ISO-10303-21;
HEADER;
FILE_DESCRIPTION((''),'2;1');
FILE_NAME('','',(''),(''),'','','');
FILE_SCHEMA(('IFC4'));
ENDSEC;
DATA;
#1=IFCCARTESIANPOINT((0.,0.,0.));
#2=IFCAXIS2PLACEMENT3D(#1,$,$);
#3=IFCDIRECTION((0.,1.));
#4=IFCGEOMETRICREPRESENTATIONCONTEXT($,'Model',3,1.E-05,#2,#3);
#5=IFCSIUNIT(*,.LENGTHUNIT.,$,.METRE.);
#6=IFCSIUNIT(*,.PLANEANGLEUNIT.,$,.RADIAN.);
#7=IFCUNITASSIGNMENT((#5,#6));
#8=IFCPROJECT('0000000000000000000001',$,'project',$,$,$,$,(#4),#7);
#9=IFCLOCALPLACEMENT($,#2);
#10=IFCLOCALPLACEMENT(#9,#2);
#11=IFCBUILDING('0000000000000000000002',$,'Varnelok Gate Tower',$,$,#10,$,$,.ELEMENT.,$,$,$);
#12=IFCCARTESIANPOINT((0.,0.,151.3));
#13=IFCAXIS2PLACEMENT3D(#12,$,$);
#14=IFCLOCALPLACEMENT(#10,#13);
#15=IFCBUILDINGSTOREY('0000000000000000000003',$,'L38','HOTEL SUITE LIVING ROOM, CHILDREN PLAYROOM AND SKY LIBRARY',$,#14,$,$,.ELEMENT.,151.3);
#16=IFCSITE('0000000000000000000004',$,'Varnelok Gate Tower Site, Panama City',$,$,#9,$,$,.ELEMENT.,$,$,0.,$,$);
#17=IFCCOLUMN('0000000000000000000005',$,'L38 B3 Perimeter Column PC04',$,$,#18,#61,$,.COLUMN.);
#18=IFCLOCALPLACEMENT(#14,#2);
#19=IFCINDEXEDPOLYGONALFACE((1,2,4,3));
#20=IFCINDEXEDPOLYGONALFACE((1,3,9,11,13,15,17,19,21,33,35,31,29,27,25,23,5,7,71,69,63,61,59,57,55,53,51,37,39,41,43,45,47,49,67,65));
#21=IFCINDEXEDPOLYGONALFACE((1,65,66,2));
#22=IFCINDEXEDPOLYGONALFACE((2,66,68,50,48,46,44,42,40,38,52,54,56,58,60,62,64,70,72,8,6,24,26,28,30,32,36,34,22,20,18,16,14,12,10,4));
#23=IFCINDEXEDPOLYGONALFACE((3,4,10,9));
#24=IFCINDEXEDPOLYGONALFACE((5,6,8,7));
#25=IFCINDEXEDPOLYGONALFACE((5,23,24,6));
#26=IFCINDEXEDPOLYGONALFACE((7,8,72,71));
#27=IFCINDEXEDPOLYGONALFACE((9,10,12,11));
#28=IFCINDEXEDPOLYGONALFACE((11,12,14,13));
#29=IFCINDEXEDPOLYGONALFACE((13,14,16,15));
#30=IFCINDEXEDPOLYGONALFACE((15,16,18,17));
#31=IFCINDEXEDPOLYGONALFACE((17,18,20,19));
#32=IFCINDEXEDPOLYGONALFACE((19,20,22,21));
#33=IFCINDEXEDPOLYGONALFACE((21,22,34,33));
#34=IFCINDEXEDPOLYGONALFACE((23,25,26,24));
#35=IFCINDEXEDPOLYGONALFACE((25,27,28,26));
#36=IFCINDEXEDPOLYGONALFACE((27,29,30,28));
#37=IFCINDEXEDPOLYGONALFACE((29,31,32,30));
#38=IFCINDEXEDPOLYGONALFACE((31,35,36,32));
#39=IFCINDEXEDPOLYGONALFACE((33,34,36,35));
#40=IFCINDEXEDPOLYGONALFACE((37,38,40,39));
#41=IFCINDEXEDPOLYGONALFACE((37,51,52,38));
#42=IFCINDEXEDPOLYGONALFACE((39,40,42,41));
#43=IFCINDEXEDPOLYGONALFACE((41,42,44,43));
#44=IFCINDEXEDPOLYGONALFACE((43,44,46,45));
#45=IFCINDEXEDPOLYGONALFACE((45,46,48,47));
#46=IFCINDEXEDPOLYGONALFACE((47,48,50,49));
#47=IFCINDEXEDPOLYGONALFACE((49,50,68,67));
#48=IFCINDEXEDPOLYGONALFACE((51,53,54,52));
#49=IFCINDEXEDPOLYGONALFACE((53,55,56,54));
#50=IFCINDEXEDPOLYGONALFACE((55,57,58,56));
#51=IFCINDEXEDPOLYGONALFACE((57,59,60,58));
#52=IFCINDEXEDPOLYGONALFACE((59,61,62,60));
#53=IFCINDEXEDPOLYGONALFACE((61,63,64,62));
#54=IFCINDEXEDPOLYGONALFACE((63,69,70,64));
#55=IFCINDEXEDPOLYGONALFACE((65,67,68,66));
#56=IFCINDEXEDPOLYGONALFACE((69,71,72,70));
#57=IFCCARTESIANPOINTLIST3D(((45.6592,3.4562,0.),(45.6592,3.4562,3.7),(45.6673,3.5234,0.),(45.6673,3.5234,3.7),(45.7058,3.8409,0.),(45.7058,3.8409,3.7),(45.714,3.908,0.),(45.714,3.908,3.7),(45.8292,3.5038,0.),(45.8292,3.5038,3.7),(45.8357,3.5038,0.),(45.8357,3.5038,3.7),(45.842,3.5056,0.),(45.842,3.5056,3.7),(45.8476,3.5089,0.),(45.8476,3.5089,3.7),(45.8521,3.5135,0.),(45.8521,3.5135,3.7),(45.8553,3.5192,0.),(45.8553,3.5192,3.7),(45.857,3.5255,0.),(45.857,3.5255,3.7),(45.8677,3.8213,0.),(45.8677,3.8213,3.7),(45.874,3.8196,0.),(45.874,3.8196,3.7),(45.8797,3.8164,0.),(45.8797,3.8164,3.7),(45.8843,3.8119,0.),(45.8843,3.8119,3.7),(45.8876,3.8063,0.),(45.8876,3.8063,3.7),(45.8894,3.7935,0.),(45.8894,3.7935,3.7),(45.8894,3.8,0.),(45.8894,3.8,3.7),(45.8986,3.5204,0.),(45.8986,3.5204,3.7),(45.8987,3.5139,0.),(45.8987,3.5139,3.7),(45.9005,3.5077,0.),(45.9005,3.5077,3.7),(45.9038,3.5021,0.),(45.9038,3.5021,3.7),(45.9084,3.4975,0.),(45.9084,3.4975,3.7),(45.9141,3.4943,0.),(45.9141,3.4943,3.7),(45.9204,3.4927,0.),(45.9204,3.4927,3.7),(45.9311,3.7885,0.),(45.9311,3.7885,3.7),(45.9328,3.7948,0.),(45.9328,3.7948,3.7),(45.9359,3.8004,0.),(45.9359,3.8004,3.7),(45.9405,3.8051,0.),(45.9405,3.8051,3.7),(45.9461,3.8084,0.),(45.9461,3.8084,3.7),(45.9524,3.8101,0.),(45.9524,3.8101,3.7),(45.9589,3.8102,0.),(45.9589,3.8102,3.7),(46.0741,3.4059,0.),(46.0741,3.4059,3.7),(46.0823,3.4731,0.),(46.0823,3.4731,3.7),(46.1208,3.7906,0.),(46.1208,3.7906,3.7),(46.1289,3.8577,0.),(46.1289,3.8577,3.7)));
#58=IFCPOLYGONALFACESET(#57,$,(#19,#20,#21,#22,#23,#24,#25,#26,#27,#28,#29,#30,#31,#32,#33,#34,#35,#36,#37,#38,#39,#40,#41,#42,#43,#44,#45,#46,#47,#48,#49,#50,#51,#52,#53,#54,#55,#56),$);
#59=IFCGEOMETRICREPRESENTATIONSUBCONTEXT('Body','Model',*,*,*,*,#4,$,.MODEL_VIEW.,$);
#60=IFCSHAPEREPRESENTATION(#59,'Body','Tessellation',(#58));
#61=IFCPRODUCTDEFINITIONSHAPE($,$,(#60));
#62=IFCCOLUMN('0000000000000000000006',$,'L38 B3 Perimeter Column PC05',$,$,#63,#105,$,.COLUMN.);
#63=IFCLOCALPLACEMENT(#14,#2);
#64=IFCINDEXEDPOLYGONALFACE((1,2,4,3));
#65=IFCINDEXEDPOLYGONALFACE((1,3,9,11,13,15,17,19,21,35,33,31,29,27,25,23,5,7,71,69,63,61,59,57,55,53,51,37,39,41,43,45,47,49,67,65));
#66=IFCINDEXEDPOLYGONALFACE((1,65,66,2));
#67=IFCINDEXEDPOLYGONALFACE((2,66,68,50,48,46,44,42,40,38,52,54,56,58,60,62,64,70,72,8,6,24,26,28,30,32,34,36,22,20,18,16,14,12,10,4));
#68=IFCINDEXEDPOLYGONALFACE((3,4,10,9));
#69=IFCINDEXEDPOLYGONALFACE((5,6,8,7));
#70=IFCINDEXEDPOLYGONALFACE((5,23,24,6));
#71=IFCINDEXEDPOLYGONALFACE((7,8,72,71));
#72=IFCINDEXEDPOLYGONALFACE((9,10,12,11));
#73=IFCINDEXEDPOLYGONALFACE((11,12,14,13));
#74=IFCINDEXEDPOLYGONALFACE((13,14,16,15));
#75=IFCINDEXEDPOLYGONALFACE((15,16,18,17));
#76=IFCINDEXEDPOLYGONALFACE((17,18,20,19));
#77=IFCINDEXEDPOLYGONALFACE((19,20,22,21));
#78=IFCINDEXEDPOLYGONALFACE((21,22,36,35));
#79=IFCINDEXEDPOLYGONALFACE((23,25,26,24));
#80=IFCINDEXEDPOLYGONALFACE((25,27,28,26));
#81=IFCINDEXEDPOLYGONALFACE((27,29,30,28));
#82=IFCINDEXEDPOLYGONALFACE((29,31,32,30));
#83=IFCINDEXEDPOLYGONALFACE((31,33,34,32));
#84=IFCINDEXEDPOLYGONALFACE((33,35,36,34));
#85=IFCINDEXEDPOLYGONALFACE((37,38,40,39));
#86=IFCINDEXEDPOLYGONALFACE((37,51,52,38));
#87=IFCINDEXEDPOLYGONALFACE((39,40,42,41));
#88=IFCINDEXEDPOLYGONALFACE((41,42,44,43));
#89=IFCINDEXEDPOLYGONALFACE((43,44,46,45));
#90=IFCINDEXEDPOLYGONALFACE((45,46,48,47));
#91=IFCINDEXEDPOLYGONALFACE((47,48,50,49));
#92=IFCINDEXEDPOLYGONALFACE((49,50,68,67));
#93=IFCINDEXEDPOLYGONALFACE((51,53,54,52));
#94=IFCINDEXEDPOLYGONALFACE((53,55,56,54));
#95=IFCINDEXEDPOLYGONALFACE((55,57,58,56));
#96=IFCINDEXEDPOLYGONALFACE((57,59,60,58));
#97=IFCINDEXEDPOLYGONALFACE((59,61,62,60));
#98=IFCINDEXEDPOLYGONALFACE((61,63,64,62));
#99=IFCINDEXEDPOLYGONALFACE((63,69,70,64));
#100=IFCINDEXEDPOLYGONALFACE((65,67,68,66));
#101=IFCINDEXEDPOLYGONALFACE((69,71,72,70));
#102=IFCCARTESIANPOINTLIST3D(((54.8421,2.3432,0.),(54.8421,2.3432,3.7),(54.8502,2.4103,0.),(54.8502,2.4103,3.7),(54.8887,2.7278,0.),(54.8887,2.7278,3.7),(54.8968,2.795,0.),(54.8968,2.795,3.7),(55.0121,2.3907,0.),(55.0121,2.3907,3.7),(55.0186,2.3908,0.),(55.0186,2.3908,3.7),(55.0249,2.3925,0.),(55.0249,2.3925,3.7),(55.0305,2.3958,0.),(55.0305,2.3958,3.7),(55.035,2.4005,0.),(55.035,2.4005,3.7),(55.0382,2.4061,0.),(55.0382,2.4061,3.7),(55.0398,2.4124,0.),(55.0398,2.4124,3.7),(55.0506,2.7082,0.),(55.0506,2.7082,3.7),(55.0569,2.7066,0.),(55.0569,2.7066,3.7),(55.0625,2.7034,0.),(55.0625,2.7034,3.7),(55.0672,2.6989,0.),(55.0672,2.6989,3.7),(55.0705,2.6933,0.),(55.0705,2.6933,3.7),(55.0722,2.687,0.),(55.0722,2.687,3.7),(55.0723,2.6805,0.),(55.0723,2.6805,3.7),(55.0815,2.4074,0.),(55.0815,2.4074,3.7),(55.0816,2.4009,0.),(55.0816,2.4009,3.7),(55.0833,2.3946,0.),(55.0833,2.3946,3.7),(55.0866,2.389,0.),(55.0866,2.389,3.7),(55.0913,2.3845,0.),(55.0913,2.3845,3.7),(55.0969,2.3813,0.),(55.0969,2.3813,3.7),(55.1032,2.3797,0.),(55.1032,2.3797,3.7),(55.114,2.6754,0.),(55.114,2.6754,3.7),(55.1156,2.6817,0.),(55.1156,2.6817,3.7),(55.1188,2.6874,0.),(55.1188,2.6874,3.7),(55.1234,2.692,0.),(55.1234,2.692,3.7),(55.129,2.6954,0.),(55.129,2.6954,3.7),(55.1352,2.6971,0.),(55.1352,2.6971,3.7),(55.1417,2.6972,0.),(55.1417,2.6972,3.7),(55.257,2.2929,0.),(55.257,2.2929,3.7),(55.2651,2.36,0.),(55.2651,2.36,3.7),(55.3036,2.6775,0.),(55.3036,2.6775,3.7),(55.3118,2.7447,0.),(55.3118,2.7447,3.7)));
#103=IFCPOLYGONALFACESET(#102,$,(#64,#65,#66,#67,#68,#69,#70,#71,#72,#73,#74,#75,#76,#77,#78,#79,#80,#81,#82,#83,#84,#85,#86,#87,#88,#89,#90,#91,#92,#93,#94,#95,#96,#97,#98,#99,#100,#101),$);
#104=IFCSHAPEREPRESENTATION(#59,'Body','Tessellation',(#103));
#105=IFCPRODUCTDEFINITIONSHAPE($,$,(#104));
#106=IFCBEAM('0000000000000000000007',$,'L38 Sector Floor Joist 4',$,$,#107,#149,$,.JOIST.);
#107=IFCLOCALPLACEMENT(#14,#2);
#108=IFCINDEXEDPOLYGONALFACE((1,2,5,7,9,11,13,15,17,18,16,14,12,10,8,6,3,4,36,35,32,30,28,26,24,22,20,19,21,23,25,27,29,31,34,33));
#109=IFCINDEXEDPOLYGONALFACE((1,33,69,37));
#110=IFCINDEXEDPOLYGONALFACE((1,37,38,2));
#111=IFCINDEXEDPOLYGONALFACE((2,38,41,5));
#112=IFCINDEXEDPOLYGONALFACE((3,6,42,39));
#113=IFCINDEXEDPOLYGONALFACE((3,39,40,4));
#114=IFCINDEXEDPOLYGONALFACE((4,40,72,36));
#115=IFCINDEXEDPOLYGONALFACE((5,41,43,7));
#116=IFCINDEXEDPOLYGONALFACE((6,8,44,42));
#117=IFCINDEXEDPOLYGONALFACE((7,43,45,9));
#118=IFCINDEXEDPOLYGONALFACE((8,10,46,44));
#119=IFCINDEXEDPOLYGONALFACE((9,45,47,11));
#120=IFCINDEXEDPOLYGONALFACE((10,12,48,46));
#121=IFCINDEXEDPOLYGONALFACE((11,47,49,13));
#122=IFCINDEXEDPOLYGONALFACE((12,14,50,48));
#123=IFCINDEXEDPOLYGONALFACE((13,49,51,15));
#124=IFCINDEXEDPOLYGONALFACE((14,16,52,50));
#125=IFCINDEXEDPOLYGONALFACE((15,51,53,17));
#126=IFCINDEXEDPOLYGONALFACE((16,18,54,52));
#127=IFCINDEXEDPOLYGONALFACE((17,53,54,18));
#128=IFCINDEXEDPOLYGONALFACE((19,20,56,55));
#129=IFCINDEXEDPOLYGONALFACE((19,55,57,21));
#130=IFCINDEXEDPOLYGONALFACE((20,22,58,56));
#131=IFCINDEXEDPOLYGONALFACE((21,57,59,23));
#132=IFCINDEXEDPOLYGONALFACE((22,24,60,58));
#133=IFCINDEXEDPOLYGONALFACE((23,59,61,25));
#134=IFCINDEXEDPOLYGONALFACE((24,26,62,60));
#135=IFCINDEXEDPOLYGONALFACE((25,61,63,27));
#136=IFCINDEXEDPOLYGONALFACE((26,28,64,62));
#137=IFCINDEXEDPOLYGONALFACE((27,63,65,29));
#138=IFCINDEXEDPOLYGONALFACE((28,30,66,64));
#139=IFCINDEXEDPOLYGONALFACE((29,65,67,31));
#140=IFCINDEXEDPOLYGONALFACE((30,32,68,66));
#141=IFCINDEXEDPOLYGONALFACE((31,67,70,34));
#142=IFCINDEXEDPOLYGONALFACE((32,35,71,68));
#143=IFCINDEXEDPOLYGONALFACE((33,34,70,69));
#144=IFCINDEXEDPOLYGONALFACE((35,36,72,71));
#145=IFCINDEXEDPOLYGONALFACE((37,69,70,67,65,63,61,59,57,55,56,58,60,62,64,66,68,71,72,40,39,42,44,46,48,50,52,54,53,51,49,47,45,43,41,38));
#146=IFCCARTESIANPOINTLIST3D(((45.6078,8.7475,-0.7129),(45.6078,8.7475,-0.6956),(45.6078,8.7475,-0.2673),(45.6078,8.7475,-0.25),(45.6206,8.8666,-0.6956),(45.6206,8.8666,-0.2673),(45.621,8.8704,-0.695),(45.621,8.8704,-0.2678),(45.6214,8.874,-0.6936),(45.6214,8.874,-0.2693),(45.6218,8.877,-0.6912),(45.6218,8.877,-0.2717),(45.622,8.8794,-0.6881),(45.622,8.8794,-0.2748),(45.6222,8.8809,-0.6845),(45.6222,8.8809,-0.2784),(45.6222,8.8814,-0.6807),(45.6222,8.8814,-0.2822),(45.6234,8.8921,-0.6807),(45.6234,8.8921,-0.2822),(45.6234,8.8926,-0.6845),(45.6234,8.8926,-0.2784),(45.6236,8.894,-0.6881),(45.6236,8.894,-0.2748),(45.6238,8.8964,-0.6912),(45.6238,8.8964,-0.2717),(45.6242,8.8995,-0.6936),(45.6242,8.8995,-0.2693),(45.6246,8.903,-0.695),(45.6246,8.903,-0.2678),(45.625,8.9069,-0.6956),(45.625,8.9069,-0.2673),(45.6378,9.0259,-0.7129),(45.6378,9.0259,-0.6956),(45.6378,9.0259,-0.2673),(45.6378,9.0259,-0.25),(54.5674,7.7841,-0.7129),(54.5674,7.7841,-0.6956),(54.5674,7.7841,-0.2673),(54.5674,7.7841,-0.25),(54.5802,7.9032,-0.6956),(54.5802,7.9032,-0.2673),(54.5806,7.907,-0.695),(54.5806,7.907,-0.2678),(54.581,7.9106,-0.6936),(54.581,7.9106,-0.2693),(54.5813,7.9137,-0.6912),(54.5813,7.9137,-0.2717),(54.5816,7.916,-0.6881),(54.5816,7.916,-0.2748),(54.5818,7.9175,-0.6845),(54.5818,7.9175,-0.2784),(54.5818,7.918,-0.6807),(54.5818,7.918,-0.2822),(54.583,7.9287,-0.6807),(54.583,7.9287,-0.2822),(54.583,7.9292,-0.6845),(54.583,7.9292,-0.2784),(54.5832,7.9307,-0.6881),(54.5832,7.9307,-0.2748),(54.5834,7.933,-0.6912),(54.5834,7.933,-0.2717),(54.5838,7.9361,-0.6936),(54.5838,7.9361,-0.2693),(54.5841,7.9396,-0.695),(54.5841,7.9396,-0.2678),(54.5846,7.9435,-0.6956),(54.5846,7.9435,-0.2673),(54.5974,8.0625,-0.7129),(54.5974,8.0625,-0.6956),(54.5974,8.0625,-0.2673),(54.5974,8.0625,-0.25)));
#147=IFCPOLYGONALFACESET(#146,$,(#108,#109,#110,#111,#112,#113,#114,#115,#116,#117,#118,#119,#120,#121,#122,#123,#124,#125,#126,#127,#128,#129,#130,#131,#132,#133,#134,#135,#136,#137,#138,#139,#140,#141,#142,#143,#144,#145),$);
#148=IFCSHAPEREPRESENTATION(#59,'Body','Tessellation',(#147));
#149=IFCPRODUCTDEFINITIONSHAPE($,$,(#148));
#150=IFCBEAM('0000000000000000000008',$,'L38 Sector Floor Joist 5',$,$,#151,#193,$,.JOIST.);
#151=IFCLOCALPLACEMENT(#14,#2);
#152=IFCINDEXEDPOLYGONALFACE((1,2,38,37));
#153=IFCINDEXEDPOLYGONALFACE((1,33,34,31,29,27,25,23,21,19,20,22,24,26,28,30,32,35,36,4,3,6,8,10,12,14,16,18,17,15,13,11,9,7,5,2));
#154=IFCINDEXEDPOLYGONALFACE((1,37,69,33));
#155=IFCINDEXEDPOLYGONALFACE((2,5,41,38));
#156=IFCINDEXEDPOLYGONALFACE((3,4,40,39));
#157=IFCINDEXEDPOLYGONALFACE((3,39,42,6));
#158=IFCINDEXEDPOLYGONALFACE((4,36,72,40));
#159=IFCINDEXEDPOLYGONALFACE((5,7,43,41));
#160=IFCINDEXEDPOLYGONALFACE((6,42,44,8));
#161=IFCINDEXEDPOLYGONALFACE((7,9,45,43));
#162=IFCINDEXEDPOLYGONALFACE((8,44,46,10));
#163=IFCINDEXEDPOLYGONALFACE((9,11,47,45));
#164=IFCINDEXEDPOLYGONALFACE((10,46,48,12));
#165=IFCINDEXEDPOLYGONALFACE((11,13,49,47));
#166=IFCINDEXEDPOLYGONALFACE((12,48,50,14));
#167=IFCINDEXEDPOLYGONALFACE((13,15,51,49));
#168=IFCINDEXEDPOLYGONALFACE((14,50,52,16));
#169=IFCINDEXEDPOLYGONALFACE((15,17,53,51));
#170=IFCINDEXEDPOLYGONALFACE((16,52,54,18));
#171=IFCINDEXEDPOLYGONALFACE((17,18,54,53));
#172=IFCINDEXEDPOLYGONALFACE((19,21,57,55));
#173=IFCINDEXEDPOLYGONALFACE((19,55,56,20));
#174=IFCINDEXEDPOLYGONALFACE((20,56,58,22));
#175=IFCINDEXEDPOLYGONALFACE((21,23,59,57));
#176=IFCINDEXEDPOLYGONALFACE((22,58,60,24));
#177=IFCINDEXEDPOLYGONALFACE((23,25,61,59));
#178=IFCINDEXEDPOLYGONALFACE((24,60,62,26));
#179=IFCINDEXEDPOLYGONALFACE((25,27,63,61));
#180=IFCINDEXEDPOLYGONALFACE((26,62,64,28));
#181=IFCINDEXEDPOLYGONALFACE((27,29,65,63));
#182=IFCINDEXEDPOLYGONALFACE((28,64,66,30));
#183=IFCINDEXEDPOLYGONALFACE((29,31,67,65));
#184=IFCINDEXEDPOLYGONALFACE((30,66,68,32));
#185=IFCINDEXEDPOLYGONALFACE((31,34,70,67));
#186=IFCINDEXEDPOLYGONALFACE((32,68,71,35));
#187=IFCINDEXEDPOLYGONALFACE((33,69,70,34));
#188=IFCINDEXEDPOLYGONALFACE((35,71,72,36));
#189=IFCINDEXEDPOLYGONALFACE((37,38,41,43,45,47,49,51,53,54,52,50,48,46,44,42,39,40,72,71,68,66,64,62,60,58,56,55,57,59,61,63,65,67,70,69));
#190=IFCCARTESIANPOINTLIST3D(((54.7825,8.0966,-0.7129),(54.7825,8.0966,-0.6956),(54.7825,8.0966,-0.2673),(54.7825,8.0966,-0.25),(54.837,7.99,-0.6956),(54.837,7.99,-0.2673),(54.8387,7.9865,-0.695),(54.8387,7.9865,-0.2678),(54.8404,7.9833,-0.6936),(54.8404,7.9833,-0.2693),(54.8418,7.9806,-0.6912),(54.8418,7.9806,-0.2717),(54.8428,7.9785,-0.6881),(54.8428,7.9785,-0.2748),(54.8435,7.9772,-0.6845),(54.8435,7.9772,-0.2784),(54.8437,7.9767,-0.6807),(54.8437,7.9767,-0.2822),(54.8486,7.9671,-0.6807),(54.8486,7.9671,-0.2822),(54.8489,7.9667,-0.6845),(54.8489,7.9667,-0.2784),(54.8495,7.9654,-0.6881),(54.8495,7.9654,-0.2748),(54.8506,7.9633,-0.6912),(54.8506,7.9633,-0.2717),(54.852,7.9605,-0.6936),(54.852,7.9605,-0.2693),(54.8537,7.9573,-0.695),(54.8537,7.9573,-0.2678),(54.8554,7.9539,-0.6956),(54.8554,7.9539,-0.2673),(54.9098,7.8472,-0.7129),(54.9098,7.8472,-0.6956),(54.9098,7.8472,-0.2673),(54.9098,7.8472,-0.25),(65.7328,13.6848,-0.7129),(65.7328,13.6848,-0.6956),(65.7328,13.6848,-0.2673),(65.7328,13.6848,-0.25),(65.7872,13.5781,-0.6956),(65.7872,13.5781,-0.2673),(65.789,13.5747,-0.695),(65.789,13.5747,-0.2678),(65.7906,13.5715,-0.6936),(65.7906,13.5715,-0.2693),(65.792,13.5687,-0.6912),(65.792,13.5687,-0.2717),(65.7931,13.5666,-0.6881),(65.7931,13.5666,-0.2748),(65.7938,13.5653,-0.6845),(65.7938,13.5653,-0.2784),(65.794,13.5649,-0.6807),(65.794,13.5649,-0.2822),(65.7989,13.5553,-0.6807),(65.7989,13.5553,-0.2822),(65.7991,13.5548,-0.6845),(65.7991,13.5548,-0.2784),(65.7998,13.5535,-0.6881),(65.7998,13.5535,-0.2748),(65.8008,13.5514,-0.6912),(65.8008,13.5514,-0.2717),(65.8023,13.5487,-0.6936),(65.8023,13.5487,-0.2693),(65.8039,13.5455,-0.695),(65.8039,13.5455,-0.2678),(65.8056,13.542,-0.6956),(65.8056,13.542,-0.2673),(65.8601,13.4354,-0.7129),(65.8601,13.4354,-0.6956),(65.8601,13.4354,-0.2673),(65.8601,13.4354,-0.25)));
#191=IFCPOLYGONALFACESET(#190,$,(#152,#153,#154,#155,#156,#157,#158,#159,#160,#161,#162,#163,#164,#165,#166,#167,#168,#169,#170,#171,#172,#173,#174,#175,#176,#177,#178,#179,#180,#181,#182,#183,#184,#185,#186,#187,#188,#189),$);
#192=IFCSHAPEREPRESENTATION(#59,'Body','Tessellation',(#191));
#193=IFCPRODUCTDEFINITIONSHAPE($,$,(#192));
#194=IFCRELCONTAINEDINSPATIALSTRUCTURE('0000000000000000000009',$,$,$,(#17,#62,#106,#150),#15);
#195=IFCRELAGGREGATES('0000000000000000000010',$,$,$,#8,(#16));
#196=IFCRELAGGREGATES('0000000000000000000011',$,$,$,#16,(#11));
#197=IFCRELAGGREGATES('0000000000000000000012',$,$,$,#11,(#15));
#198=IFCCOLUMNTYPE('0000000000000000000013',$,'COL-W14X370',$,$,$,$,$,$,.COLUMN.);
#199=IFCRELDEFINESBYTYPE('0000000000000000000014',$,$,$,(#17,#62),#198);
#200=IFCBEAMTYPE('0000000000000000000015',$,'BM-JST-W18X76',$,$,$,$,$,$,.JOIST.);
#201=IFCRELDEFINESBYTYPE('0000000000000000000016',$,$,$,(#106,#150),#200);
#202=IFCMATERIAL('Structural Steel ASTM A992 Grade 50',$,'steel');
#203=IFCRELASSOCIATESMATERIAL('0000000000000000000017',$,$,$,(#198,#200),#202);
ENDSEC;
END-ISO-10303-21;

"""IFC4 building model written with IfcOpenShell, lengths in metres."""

from ifc_helpers import new_model, si_unit, direction, frame, origin, origin_2d, place, context, subcontext, project, spatial, i_section, extrude, material, material_profile, profile_set, type_object, element, save


model = new_model("IFC4")

# Units and contexts
model_context = context("Model", 3, precision=1e-05, world=origin(), true_north=direction((0.0, 1.0)))
body_context = subcontext(model_context, "Body", "Model", "MODEL_VIEW")
ifc_project = project(units=[si_unit("LENGTHUNIT", "METRE"), si_unit("PLANEANGLEUNIT", "RADIAN")], contexts=[model_context])

# Site, building, storey
site_placement = place(None, origin())
site = spatial("IfcSite", under=ifc_project, at=site_placement, Name="Varnelok Gate Tower Site, Panama City", CompositionType="ELEMENT", RefElevation=0.0)
building_placement = place(site_placement, origin())
building = spatial("IfcBuilding", under=site, at=building_placement, Name="Varnelok Gate Tower", CompositionType="ELEMENT")
storey_placement = place(building_placement, frame((0.0, 0.0, 151.3)))
storey = spatial("IfcBuildingStorey", under=building, at=storey_placement, Name="L38", Description="HOTEL SUITE LIVING ROOM, CHILDREN PLAYROOM AND SKY LIBRARY", CompositionType="ELEMENT", Elevation=151.3)

# Columns
ifc_material_1 = material(Name="Structural Steel ASTM A992 Grade 50", Category="steel")
ifc_material_profile_1 = material_profile(ifc_material_1, i_section(OverallWidth=0.418, OverallDepth=0.4551, WebThickness=0.042, FlangeThickness=0.0676, FilletRadius=0.0249, at=origin_2d()), Name="W14X370")
ifc_profile_set_1 = profile_set([ifc_material_profile_1], Name="Structural Steel ASTM A992 Grade 50")
column_type = type_object("IfcColumnType", Name="COL-W14X370", PredefinedType="COLUMN", material=ifc_profile_set_1)
for number, where, z_axis, x_axis, name in (
    (1, (45.894, 3.657, 0.0), (0.0, 0.0, 1.0), (0.992732, -0.120345, 0.0), "L38 B3 Perimeter Column PC04"),
    (2, (55.0769, 2.5439, 0.0), (0.0, 0.0, 1.0), (0.992732, -0.120345, 0.0), "L38 B3 Perimeter Column PC05"),
):
    element("IfcColumn", number, at=place(storey_placement, frame(where, z_axis=z_axis, x_axis=x_axis)), inside=storey, type_object=column_type, Name=name, PredefinedType="COLUMN", context=body_context, shape_type="SweptSolid", body=[
        extrude(i_section(OverallWidth=0.418, OverallDepth=0.4551, WebThickness=0.042, FlangeThickness=0.0676, FilletRadius=0.0249, at=origin_2d()), origin(), (0.0, 0.0, 1.0), 3.7),
    ])

# Beams
ifc_material_profile_2 = material_profile(ifc_material_1, i_section(OverallWidth=0.28, OverallDepth=0.4629, WebThickness=0.0107, FlangeThickness=0.0173, FilletRadius=0.0149, at=origin_2d()), Name="W18X76")
ifc_profile_set_2 = profile_set([ifc_material_profile_2], Name="Structural Steel ASTM A992 Grade 50")
beam_type_1 = type_object("IfcBeamType", Name="BM-JST-W18X76", PredefinedType="JOIST", material=ifc_profile_set_2)
beam_1_placement = place(storey_placement, frame((45.6228, 8.8867, -0.4814), z_axis=(0.994269, -0.10691, 0.0), x_axis=(0.10691, 0.994269, 0.0)))
element("IfcBeam", 3, at=beam_1_placement, inside=storey, type_object=beam_type_1, Name="L38 Sector Floor Joist 4", PredefinedType="JOIST", context=body_context, shape_type="SweptSolid", body=[
    extrude(i_section(OverallWidth=0.28, OverallDepth=0.4629, WebThickness=0.0107, FlangeThickness=0.0173, FilletRadius=0.0149, at=origin_2d()), origin(), (0.0, 0.0, 1.0), 9.0112),
])
beam_2_placement = place(storey_placement, frame((54.8462, 7.9719, -0.4814), z_axis=(0.890719, 0.454554, 0.0), x_axis=(-0.454554, 0.890719, 0.0)))
element("IfcBeam", 4, at=beam_2_placement, inside=storey, type_object=beam_type_1, Name="L38 Sector Floor Joist 5", PredefinedType="JOIST", context=body_context, shape_type="SweptSolid", body=[
    extrude(i_section(OverallWidth=0.28, OverallDepth=0.4629, WebThickness=0.0107, FlangeThickness=0.0173, FilletRadius=0.0149, at=origin_2d()), origin(), (0.0, 0.0, 1.0), 12.2937),
])

save(model, "model.ifc")
